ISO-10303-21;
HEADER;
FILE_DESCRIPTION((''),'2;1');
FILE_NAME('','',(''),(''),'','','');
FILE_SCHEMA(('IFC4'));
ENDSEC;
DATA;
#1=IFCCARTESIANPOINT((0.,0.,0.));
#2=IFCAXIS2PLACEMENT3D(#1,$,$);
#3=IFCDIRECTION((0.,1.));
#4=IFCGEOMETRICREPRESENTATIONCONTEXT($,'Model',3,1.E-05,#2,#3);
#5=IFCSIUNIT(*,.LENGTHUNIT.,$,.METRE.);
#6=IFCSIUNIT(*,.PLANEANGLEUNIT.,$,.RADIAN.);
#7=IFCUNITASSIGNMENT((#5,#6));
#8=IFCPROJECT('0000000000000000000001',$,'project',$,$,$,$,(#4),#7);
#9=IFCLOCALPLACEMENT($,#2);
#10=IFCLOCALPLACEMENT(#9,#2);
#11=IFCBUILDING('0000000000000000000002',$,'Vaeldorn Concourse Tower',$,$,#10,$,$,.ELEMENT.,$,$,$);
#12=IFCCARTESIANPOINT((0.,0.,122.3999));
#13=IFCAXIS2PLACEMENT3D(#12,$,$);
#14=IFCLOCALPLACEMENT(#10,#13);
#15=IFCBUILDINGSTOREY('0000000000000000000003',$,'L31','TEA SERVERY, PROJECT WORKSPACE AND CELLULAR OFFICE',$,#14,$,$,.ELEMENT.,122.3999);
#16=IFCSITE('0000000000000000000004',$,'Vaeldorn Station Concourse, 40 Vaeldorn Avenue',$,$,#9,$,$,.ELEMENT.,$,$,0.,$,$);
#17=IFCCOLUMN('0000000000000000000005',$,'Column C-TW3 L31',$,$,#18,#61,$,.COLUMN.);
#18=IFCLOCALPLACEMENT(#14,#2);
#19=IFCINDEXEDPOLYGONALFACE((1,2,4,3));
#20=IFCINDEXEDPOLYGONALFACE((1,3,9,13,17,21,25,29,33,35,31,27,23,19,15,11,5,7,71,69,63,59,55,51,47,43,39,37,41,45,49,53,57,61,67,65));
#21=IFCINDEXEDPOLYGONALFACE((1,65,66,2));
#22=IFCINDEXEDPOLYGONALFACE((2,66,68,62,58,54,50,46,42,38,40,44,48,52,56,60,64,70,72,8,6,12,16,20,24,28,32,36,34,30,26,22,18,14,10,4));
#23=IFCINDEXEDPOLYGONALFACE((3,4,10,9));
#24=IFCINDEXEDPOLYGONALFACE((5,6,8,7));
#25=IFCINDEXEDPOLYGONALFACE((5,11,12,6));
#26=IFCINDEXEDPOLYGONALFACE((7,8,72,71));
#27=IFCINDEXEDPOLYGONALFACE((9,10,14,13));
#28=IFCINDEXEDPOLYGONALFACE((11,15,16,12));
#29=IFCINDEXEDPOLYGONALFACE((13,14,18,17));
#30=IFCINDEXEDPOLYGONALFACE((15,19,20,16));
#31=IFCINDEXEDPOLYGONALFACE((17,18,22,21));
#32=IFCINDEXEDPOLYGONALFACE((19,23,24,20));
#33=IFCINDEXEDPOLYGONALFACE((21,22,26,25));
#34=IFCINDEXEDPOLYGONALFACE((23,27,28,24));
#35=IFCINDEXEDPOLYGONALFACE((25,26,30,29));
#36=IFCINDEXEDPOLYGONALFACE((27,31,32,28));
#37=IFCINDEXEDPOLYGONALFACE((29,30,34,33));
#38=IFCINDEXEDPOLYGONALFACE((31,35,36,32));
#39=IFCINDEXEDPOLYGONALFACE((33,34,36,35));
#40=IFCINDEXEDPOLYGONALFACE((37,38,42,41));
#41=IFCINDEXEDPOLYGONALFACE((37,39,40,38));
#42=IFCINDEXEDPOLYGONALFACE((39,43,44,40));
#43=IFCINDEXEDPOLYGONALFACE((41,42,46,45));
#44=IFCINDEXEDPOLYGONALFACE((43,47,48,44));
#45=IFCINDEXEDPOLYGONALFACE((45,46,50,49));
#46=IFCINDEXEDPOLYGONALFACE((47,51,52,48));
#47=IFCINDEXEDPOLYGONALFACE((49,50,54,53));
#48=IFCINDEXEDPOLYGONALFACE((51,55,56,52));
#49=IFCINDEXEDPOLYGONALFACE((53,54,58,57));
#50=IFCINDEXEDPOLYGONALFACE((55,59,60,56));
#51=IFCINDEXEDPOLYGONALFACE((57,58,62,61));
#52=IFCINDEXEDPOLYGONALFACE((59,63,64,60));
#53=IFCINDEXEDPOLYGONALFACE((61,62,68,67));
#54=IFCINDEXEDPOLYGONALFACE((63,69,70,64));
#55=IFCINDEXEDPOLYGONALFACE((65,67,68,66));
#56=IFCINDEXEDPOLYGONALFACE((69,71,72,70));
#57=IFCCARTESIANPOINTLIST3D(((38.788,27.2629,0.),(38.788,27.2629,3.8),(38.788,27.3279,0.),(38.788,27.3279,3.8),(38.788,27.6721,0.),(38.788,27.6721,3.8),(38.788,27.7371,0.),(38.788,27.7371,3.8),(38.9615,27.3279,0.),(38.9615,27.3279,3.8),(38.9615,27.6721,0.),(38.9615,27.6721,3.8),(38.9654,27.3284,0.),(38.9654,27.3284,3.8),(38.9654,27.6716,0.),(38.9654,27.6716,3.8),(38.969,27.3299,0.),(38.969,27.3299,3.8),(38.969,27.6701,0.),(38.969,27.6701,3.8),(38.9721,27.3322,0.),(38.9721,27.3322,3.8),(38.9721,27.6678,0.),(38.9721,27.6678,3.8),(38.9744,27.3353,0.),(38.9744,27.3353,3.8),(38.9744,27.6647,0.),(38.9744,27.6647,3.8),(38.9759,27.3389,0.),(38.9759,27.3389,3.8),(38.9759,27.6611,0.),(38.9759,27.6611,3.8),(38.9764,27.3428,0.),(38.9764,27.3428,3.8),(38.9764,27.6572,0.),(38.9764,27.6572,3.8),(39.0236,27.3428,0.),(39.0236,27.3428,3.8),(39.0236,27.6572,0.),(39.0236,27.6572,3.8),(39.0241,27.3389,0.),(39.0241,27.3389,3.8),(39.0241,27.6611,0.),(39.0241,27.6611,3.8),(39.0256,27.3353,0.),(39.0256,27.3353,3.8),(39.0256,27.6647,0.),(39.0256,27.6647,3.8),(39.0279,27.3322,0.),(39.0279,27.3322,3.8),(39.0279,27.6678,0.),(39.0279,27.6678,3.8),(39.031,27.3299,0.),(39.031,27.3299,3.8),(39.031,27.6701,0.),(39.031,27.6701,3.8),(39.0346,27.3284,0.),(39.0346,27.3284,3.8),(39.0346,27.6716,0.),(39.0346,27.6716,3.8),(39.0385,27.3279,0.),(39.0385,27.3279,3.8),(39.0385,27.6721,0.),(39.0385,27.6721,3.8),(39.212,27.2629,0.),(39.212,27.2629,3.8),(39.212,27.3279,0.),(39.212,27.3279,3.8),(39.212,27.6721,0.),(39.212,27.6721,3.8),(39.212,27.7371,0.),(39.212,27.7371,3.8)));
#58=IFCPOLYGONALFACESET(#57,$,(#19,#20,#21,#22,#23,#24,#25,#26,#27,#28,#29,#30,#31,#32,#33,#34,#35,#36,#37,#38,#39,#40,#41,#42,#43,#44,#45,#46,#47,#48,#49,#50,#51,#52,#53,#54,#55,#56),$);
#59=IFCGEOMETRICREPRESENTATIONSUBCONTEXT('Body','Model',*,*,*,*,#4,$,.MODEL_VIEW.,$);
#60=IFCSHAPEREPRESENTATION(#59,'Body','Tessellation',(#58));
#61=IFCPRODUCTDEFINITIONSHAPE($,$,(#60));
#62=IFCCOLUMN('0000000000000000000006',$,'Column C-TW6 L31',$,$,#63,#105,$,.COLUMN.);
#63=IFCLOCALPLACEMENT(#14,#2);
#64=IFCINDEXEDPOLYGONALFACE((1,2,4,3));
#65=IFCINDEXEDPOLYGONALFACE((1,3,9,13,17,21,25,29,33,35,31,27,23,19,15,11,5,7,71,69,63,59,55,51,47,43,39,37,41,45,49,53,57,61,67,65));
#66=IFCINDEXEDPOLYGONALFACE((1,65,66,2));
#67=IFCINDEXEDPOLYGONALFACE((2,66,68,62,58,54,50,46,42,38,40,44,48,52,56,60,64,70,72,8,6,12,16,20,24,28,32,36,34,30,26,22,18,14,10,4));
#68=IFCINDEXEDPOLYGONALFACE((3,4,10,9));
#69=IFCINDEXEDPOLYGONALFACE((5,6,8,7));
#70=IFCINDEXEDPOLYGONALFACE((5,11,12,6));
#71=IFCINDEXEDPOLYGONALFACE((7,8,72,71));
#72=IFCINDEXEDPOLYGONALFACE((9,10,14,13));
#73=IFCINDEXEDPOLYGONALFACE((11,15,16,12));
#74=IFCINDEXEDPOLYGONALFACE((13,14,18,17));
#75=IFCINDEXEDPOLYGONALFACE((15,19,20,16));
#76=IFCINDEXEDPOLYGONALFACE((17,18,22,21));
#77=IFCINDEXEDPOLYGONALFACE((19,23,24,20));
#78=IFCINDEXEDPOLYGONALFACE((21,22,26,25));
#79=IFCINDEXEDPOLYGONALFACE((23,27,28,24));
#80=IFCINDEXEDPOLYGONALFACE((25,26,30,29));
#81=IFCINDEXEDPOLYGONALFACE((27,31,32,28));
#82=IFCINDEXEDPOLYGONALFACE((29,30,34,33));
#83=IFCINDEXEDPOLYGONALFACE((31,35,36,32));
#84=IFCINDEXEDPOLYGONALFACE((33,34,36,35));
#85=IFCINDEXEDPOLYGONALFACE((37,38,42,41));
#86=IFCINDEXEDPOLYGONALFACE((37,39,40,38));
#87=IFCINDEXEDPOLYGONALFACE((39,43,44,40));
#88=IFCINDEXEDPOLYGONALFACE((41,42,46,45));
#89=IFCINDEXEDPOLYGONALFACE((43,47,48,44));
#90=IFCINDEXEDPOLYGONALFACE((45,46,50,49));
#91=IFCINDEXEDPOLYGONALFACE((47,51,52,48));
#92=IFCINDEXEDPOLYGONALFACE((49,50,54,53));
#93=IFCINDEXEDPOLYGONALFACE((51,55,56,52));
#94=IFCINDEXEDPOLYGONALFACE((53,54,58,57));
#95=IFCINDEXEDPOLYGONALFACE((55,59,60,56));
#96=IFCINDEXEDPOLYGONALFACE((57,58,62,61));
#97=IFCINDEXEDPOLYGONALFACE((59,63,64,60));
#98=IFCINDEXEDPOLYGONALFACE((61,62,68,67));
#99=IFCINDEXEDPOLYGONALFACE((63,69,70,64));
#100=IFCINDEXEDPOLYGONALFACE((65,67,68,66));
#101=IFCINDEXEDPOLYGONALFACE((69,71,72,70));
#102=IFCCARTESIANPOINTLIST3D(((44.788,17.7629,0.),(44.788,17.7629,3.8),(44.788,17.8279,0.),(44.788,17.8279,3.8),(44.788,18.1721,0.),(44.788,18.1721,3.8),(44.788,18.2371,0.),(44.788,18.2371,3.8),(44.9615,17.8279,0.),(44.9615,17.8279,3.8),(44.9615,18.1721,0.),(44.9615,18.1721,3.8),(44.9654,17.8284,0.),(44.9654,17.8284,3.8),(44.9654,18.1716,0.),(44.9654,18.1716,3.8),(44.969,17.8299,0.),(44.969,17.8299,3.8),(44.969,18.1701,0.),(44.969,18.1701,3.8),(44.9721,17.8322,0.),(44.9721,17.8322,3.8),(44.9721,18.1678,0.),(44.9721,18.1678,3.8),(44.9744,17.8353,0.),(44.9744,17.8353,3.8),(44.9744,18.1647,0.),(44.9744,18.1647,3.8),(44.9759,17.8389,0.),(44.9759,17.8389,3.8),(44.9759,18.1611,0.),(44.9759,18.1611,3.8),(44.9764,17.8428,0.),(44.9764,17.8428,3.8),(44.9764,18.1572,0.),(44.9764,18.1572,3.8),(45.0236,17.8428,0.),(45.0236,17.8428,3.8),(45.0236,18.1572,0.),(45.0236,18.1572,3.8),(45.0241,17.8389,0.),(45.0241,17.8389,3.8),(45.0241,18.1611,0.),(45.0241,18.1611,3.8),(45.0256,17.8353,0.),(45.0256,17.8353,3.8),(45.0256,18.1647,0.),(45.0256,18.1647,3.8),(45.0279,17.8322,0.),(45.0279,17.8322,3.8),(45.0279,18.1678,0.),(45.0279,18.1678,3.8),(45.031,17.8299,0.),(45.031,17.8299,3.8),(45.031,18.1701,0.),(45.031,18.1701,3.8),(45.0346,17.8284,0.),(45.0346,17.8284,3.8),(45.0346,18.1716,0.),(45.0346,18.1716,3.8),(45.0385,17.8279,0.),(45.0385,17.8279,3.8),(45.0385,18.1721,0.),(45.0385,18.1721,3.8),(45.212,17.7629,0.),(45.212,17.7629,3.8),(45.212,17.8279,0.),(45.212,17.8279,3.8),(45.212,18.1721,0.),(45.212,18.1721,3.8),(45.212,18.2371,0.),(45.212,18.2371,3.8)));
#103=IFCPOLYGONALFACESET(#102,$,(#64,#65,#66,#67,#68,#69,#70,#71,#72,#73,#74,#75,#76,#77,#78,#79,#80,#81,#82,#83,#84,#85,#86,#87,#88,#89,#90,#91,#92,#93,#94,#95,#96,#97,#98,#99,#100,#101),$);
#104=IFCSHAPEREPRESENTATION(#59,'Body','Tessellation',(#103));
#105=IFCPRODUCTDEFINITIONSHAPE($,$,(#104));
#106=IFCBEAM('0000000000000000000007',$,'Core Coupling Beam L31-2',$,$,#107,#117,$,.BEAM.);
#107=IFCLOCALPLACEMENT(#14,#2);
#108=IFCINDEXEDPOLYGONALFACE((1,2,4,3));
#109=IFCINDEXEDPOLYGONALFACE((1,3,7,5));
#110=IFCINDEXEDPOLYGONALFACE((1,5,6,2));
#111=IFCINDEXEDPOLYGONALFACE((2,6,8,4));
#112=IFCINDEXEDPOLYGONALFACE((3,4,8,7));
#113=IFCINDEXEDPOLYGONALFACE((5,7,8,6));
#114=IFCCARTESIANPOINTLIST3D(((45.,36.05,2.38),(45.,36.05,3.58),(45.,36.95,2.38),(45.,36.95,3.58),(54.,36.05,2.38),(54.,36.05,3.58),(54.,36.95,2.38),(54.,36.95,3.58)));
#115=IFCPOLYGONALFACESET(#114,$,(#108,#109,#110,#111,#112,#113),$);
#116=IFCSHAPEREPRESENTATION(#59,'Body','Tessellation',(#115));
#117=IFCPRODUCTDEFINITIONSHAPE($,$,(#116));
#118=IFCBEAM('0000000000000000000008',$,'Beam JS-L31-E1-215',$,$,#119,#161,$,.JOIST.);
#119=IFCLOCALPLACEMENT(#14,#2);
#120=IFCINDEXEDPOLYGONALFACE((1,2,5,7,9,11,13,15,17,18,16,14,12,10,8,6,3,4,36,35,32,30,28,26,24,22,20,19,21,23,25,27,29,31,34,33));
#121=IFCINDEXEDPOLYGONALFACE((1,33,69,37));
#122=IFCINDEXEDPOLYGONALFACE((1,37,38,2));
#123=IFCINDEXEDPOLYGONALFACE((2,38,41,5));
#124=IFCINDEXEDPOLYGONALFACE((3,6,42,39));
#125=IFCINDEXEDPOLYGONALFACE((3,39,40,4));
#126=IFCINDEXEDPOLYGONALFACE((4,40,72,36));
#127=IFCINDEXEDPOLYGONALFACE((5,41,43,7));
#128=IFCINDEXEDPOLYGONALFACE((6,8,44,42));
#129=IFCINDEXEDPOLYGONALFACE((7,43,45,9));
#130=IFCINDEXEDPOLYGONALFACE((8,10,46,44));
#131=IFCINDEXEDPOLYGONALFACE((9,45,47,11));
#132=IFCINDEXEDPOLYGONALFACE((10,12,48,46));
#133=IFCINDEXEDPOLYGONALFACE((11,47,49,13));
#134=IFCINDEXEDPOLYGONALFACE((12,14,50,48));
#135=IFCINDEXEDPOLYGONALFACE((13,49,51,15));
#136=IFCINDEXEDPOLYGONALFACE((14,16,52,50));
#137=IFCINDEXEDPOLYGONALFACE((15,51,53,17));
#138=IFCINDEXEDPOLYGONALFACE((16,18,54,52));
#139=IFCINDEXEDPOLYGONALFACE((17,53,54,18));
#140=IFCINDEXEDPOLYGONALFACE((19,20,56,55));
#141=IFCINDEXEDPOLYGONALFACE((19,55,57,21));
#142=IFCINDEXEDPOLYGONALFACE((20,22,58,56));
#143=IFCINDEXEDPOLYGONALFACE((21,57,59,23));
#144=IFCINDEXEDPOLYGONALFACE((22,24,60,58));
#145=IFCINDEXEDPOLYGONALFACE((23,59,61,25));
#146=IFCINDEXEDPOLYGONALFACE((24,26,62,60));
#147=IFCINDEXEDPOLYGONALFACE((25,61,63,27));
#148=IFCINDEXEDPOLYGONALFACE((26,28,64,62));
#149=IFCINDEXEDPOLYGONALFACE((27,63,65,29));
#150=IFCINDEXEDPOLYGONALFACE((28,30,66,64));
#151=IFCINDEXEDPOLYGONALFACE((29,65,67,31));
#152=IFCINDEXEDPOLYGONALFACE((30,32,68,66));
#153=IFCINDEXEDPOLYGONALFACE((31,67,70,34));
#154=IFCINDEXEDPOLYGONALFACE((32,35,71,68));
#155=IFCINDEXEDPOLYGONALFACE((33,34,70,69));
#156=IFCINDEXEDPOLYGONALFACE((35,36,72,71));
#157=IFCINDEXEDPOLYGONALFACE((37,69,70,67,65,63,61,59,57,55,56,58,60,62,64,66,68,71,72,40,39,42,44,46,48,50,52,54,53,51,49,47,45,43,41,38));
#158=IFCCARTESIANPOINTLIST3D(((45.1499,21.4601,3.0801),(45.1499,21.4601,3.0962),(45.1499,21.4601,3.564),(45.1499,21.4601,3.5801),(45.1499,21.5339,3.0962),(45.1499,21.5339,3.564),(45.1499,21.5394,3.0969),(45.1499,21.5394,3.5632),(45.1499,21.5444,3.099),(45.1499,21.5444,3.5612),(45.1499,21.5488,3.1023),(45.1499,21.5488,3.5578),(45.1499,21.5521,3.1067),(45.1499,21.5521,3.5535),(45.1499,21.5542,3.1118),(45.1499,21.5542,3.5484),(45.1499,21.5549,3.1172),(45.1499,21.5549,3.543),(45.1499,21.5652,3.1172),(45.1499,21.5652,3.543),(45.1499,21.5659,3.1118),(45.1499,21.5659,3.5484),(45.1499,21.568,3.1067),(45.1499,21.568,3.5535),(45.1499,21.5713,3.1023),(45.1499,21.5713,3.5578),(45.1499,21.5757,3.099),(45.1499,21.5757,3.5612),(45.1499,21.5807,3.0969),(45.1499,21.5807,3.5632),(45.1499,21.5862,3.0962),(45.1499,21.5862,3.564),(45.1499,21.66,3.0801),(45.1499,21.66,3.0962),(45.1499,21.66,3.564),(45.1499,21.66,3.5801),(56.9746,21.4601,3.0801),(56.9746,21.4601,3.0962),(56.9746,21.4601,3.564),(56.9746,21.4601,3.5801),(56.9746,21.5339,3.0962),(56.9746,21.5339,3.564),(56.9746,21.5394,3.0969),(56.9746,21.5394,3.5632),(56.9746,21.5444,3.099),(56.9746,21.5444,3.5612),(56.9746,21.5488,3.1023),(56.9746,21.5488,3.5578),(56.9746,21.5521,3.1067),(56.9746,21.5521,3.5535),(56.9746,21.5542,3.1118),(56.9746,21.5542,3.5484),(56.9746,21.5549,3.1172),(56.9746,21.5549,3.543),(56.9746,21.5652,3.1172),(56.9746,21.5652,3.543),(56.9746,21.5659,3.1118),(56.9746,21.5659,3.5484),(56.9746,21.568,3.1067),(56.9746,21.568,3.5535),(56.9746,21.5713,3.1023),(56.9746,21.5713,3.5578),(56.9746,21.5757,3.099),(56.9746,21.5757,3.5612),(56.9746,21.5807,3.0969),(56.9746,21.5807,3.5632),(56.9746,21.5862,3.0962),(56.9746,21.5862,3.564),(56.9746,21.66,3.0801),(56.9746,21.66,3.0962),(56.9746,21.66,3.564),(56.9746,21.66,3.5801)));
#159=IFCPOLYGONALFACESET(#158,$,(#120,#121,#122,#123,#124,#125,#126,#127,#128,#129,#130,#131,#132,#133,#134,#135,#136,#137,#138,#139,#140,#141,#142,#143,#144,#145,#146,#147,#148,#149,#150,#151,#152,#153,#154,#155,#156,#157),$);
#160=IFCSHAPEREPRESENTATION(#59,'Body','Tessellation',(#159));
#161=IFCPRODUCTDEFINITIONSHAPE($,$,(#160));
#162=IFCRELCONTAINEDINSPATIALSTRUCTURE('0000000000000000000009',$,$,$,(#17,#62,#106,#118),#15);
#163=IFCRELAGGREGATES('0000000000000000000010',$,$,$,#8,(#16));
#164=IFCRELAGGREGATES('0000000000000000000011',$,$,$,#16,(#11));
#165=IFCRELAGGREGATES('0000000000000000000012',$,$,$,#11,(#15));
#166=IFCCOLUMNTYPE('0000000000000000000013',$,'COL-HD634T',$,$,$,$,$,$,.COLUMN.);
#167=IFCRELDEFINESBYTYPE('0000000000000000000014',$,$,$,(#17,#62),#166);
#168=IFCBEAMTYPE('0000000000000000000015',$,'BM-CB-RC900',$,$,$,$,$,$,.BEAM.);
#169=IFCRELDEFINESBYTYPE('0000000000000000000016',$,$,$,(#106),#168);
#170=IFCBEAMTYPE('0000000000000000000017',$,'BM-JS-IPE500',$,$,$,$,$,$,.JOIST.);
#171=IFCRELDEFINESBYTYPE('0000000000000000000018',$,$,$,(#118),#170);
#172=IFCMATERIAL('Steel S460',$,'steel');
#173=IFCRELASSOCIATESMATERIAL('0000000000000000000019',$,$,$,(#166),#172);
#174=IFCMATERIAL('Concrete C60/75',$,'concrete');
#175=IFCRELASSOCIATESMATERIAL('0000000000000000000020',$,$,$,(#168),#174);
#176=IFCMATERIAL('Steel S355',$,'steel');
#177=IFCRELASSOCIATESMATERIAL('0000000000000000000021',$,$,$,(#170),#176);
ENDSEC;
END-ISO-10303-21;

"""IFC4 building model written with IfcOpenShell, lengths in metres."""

from ifc_helpers import new_model, si_unit, direction, frame, origin, origin_2d, place, context, subcontext, project, spatial, rectangle, i_section, extrude, source, transform, mapped, material, material_profile, profile_set, type_object, element, save


model = new_model("IFC4")

# Units and contexts
model_context = context("Model", 3, precision=1e-05, world=origin(), true_north=direction((0.0, 1.0)))
body_context = subcontext(model_context, "Body", "Model", "MODEL_VIEW")
ifc_project = project(units=[si_unit("LENGTHUNIT", "METRE"), si_unit("PLANEANGLEUNIT", "RADIAN")], contexts=[model_context])

# Site, building, storey
site_placement = place(None, origin())
site = spatial("IfcSite", under=ifc_project, at=site_placement, Name="Vaeldorn Station Concourse, 40 Vaeldorn Avenue", CompositionType="ELEMENT", RefElevation=0.0)
building_placement = place(site_placement, origin())
building = spatial("IfcBuilding", under=site, at=building_placement, Name="Vaeldorn Concourse Tower", CompositionType="ELEMENT")
storey_placement = place(building_placement, frame((0.0, 0.0, 122.3999)))
storey = spatial("IfcBuildingStorey", under=building, at=storey_placement, Name="L31", Description="TEA SERVERY, PROJECT WORKSPACE AND CELLULAR OFFICE", CompositionType="ELEMENT", Elevation=122.3999)

# Columns
ifc_material_1 = material(Name="Steel S460", Category="steel")
ifc_material_profile_1 = material_profile(ifc_material_1, i_section(OverallWidth=0.4241, OverallDepth=0.4741, WebThickness=0.0471, FlangeThickness=0.0649, FilletRadius=0.0149, at=origin_2d()), Name="HD 400x634")
ifc_profile_set_1 = profile_set([ifc_material_profile_1], Name="Steel S460")
column_type_1 = type_object("IfcColumnType", Name="COL-HD634T", PredefinedType="COLUMN", material=ifc_profile_set_1)
shared_shape_1 = source(origin(), body_context, "Body", "SweptSolid", [
    extrude(i_section(OverallWidth=0.4241, OverallDepth=0.4741, WebThickness=0.0471, FlangeThickness=0.0649, FilletRadius=0.0149, at=origin_2d()), origin(), (0.0, 0.0, 1.0), 3.8),
])
for number, where, z_axis, x_axis, name in (
    (1, (39.0, 27.5, 0.0), (0.0, 0.0, 1.0), (1.0, 0.0, 0.0), "Column C-TW3 L31"),
    (2, (45.0, 18.0, 0.0), (0.0, 0.0, 1.0), (1.0, 0.0, 0.0), "Column C-TW6 L31"),
):
    element("IfcColumn", number, at=place(storey_placement, frame(where, z_axis=z_axis, x_axis=x_axis)), inside=storey, type_object=column_type_1, Name=name, PredefinedType="COLUMN", context=body_context, shape_type="MappedRepresentation", body=[
        mapped(shared_shape_1, transform((0.0, 0.0, 0.0), scale=1.0)),
    ])

# Beams
ifc_material_2 = material(Name="Concrete C60/75", Category="concrete")
ifc_material_profile_2 = material_profile(ifc_material_2, rectangle(XDim=0.8999, YDim=1.2, at=origin_2d()), Name="RC 900x1200")
ifc_profile_set_2 = profile_set([ifc_material_profile_2], Name="Concrete C60/75")
beam_type_1 = type_object("IfcBeamType", Name="BM-CB-RC900", PredefinedType="BEAM", material=ifc_profile_set_2)
shared_shape_2 = source(origin(), body_context, "Body", "SweptSolid", [
    extrude(rectangle(XDim=0.8999, YDim=1.2, at=origin_2d()), origin(), (0.0, 0.0, 1.0), 9.0),
])
beam_1_placement = place(storey_placement, frame((45.0, 36.5, 2.98), z_axis=(1.0, 0.0, 0.0), x_axis=(0.0, 1.0, 0.0)))
element("IfcBeam", 3, at=beam_1_placement, inside=storey, type_object=beam_type_1, Name="Core Coupling Beam L31-2", PredefinedType="BEAM", context=body_context, shape_type="MappedRepresentation", body=[
    mapped(shared_shape_2, transform((0.0, 0.0, 0.0), scale=1.0)),
])
ifc_material_3 = material(Name="Steel S355", Category="steel")
ifc_material_profile_3 = material_profile(ifc_material_3, i_section(OverallWidth=0.2, OverallDepth=0.5, WebThickness=0.0103, FlangeThickness=0.0161, FilletRadius=0.021, at=origin_2d()), Name="IPE 500")
ifc_profile_set_3 = profile_set([ifc_material_profile_3], Name="Steel S355")
beam_type_2 = type_object("IfcBeamType", Name="BM-JS-IPE500", PredefinedType="JOIST", material=ifc_profile_set_3)
shared_shape_3 = source(origin(), body_context, "Body", "SweptSolid", [
    extrude(i_section(OverallWidth=0.2, OverallDepth=0.5, WebThickness=0.0103, FlangeThickness=0.0161, FilletRadius=0.021, at=origin_2d()), origin(), (0.0, 0.0, 1.0), 11.8247),
])
beam_2_placement = place(storey_placement, frame((45.1499, 21.5601, 3.3301), z_axis=(1.0, 0.0, 0.0), x_axis=(0.0, 1.0, 0.0)))
element("IfcBeam", 4, at=beam_2_placement, inside=storey, type_object=beam_type_2, Name="Beam JS-L31-E1-215", PredefinedType="JOIST", context=body_context, shape_type="MappedRepresentation", body=[
    mapped(shared_shape_3, transform((0.0, 0.0, 0.0), scale=1.0)),
])

save(model, "model.ifc")
